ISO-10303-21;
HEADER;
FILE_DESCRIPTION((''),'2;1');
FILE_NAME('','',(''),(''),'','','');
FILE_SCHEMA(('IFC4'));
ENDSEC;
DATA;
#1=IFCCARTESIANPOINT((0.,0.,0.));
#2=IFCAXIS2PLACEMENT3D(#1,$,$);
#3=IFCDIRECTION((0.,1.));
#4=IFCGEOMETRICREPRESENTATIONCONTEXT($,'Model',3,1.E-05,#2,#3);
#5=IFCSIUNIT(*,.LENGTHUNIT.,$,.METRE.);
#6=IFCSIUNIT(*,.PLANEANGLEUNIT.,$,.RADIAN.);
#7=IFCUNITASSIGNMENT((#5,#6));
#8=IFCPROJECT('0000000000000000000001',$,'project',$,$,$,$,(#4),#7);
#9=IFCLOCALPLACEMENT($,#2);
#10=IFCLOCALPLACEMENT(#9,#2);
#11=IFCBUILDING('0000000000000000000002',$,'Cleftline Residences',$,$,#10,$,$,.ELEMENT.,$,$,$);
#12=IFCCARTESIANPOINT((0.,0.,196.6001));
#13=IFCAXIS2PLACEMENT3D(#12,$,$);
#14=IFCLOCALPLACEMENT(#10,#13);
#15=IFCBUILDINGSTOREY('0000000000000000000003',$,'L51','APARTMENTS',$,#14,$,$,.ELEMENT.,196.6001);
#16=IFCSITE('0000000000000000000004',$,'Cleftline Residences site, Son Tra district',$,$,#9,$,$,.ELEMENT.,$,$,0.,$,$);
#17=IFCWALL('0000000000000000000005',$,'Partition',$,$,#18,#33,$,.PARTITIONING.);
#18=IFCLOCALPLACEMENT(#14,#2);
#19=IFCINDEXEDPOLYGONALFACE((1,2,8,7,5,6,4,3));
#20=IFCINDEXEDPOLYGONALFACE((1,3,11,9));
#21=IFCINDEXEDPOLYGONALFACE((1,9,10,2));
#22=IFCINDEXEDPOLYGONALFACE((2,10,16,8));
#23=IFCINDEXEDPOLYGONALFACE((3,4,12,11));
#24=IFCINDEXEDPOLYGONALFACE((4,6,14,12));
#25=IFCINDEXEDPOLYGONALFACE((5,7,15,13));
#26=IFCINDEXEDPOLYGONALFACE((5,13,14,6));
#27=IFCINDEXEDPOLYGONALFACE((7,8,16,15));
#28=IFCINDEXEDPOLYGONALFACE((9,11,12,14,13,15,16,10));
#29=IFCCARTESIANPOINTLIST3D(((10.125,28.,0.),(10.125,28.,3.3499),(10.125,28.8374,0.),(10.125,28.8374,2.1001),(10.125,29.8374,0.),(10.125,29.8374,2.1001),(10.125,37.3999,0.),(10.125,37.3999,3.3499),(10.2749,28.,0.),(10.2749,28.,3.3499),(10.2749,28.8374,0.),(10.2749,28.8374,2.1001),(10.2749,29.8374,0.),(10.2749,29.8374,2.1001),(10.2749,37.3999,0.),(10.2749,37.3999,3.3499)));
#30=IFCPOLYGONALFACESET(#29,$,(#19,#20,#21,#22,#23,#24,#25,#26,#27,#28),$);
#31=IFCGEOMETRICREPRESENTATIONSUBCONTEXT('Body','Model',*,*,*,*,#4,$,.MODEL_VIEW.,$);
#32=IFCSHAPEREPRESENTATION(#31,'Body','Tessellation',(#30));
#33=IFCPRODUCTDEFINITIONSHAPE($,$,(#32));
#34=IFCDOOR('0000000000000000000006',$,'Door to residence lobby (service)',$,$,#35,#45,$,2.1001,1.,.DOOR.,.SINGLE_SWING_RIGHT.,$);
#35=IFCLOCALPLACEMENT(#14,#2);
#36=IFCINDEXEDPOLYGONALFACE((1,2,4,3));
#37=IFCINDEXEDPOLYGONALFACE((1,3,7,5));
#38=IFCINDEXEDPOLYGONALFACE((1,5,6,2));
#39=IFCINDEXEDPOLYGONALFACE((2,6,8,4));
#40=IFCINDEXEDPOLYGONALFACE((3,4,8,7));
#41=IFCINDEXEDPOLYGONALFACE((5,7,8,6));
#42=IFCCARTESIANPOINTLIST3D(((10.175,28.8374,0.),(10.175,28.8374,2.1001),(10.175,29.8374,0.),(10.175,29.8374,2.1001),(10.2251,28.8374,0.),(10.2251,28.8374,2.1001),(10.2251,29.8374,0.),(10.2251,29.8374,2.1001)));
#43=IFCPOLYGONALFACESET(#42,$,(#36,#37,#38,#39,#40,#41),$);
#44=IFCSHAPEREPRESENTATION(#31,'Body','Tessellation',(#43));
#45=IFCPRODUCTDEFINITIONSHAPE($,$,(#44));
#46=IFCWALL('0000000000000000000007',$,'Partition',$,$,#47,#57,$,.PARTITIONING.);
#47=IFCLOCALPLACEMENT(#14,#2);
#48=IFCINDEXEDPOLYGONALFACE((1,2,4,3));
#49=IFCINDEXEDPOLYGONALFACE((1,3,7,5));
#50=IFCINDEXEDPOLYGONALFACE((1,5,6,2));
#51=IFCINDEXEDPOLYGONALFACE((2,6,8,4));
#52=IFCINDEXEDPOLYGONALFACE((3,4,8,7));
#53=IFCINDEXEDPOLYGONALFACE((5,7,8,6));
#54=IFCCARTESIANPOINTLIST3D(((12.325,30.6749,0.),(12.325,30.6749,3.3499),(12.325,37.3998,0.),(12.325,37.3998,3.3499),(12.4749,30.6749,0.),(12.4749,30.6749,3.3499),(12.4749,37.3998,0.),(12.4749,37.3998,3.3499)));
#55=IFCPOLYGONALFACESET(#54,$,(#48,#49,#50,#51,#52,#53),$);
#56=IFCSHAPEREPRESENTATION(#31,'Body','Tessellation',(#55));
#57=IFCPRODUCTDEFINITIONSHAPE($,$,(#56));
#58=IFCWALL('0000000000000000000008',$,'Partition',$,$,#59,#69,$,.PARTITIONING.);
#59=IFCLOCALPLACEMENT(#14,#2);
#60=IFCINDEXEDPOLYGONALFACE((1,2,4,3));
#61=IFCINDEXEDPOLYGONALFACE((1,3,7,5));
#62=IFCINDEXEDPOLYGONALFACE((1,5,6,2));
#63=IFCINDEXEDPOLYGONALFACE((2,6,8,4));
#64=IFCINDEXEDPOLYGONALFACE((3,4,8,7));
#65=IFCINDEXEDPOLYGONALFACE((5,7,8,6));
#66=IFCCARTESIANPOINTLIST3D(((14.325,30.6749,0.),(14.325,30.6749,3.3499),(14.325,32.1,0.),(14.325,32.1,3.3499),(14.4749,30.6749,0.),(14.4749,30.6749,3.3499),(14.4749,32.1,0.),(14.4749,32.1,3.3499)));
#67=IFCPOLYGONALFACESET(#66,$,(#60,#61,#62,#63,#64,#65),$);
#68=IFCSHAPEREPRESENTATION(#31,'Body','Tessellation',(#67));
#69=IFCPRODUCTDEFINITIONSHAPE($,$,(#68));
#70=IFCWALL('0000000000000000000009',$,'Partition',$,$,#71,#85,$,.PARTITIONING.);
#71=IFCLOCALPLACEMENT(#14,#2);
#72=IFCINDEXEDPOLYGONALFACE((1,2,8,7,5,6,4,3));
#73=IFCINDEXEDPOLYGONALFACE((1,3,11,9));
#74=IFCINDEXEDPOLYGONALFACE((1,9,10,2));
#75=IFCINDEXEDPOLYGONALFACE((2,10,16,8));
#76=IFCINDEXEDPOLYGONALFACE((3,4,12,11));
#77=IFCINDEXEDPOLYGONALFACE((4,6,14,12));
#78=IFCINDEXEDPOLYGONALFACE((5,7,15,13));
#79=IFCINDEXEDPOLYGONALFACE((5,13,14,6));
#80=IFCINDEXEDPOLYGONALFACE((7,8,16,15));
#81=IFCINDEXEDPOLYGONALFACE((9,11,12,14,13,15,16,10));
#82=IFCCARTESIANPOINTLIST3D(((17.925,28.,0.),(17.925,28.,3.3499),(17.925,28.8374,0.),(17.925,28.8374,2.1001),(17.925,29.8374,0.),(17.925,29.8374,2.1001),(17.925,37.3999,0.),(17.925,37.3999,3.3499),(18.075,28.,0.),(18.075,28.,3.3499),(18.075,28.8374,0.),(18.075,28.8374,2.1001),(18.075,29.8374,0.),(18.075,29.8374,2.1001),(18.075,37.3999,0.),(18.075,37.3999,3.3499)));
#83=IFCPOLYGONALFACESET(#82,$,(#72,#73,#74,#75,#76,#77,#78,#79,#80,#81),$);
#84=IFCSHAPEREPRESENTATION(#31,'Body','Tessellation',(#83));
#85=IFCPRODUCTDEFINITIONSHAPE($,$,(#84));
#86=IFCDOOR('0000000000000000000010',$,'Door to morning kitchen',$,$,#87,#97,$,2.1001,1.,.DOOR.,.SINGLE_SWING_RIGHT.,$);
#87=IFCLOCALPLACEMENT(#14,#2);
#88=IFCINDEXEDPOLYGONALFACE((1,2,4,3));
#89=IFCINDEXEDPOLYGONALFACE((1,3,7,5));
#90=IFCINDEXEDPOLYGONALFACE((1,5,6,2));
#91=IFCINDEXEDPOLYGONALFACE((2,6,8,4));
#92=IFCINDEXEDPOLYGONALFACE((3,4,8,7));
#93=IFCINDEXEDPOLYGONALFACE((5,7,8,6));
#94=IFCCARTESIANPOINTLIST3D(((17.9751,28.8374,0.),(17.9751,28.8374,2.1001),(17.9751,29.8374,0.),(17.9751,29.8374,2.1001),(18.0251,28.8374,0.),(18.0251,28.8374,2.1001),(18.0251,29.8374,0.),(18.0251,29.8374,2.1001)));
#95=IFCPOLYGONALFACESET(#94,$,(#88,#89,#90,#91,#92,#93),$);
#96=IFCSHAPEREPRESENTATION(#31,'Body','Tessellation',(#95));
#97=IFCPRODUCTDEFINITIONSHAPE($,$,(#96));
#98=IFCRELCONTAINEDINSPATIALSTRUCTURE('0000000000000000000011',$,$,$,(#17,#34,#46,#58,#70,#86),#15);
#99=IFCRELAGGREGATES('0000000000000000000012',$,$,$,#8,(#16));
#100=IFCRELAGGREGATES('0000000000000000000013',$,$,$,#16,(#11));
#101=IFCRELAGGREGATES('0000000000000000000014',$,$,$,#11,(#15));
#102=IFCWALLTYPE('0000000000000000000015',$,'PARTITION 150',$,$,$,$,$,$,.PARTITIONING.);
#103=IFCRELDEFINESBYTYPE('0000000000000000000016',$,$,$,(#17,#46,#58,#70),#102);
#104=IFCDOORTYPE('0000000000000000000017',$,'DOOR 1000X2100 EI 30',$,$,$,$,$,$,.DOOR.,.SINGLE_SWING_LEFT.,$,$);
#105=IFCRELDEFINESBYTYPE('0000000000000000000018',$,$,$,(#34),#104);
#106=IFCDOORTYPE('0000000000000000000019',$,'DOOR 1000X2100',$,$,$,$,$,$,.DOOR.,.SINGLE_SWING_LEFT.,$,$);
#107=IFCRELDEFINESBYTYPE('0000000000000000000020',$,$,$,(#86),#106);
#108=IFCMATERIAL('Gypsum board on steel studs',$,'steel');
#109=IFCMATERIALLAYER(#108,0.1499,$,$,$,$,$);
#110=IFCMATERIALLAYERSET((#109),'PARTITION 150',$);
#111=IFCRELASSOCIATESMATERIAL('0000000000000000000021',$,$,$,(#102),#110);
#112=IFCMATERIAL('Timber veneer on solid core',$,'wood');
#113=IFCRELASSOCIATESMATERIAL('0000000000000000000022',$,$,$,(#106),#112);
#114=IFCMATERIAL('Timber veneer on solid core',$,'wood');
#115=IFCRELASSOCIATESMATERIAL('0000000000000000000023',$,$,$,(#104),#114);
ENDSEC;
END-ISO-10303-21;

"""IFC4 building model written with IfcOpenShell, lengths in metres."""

from ifc_helpers import new_model, si_unit, direction, frame, frame_2d, origin, place, context, subcontext, project, spatial, rectangle, extrude, material, layer, layer_set, type_object, element, fill, save


model = new_model("IFC4")

# Units and contexts
model_context = context("Model", 3, precision=1e-05, world=origin(), true_north=direction((0.0, 1.0)))
body_context = subcontext(model_context, "Body", "Model", "MODEL_VIEW")
ifc_project = project(units=[si_unit("LENGTHUNIT", "METRE"), si_unit("PLANEANGLEUNIT", "RADIAN")], contexts=[model_context])

# Site, building, storey
site_placement = place(None, origin())
site = spatial("IfcSite", under=ifc_project, at=site_placement, Name="Cleftline Residences site, Son Tra district", CompositionType="ELEMENT", RefElevation=0.0)
building_placement = place(site_placement, origin())
building = spatial("IfcBuilding", under=site, at=building_placement, Name="Cleftline Residences", CompositionType="ELEMENT")
storey_placement = place(building_placement, frame((0.0, 0.0, 196.6001)))
storey = spatial("IfcBuildingStorey", under=building, at=storey_placement, Name="L51", Description="APARTMENTS", CompositionType="ELEMENT", Elevation=196.6001)

# Shared definitions
ifc_material_1 = material(Name="Gypsum board on steel studs", Category="steel")
ifc_layer_1 = layer(ifc_material_1, 0.1499)
ifc_layer_set_1 = layer_set([ifc_layer_1], Name="PARTITION 150")
wall_type_1 = type_object("IfcWallType", Name="PARTITION 150", PredefinedType="PARTITIONING", material=ifc_layer_set_1)
ifc_material_2 = material(Name="Timber veneer on solid core", Category="wood")
door_type_1 = type_object("IfcDoorType", Name="DOOR 1000X2100", OperationType="SINGLE_SWING_LEFT", PredefinedType="DOOR", material=ifc_material_2)

# Wall, opening, door
wall_1_placement = place(storey_placement, frame((10.2, 28.0, 0.0), z_axis=(0.0, 0.0, 1.0), x_axis=(0.0, 1.0, 0.0)))
wall_1 = element("IfcWall", 1, at=wall_1_placement, inside=storey, type_object=wall_type_1, Name="Partition", PredefinedType="PARTITIONING", context=body_context, shape_type="SweptSolid", body=[
    extrude(rectangle(XDim=9.3999, YDim=0.1499, at=frame_2d((4.7, 0.0))), origin(), (0.0, 0.0, 1.0), 3.3499),
])
opening_1_placement = place(wall_1_placement, frame((0.8374, 0.0, 0.0)))
opening_1 = element("IfcOpeningElement", 2, at=opening_1_placement, cuts=wall_1, PredefinedType="OPENING", context=body_context, shape_type="SweptSolid", body=[
    extrude(rectangle(XDim=1.0, YDim=2.1001, at=frame_2d((0.5, 1.05))), frame((0.0, 0.085, 0.0), z_axis=(0.0, -1.0, 0.0), x_axis=(1.0, 0.0, 0.0)), (0.0, 0.0, 1.0), 0.1699),
])
ifc_material_3 = material(Name="Timber veneer on solid core", Category="wood")
door_type_2 = type_object("IfcDoorType", Name="DOOR 1000X2100 EI 30", OperationType="SINGLE_SWING_LEFT", PredefinedType="DOOR", material=ifc_material_3)
door_1_placement = place(opening_1_placement, origin())
door_1 = element("IfcDoor", 3, at=door_1_placement, inside=storey, type_object=door_type_2, Name="Door to residence lobby (service)", OperationType="SINGLE_SWING_RIGHT", OverallHeight=2.1001, OverallWidth=1.0, PredefinedType="DOOR", context=body_context, shape_type="SweptSolid", body=[
    extrude(rectangle(XDim=1.0, YDim=2.1001, at=frame_2d((0.5, 1.05))), frame((0.0, 0.0249, 0.0), z_axis=(0.0, -1.0, 0.0), x_axis=(1.0, 0.0, 0.0)), (0.0, 0.0, 1.0), 0.05),
])
fill(opening_1, door_1)

# Walls
wall_2_placement = place(storey_placement, frame((12.3999, 30.675, 0.0), z_axis=(0.0, 0.0, 1.0), x_axis=(0.0, 1.0, 0.0)))
element("IfcWall", 4, at=wall_2_placement, inside=storey, type_object=wall_type_1, Name="Partition", PredefinedType="PARTITIONING", context=body_context, shape_type="SweptSolid", body=[
    extrude(rectangle(XDim=6.7249, YDim=0.1499, at=frame_2d((3.3623, 0.0))), origin(), (0.0, 0.0, 1.0), 3.3499),
])
wall_3_placement = place(storey_placement, frame((14.3999, 30.675, 0.0), z_axis=(0.0, 0.0, 1.0), x_axis=(0.0, 1.0, 0.0)))
element("IfcWall", 5, at=wall_3_placement, inside=storey, type_object=wall_type_1, Name="Partition", PredefinedType="PARTITIONING", context=body_context, shape_type="SweptSolid", body=[
    extrude(rectangle(XDim=1.425, YDim=0.1499, at=frame_2d((0.7124, 0.0))), origin(), (0.0, 0.0, 1.0), 3.3499),
])

# Wall, opening, door
wall_4_placement = place(storey_placement, frame((18.0, 28.0, 0.0), z_axis=(0.0, 0.0, 1.0), x_axis=(0.0, 1.0, 0.0)))
wall_4 = element("IfcWall", 6, at=wall_4_placement, inside=storey, type_object=wall_type_1, Name="Partition", PredefinedType="PARTITIONING", context=body_context, shape_type="SweptSolid", body=[
    extrude(rectangle(XDim=9.3999, YDim=0.1499, at=frame_2d((4.7, 0.0))), origin(), (0.0, 0.0, 1.0), 3.3499),
])
opening_2_placement = place(wall_4_placement, frame((0.8374, 0.0, 0.0)))
opening_2 = element("IfcOpeningElement", 7, at=opening_2_placement, cuts=wall_4, PredefinedType="OPENING", context=body_context, shape_type="SweptSolid", body=[
    extrude(rectangle(XDim=1.0, YDim=2.1001, at=frame_2d((0.5, 1.05))), frame((0.0, 0.085, 0.0), z_axis=(0.0, -1.0, 0.0), x_axis=(1.0, 0.0, 0.0)), (0.0, 0.0, 1.0), 0.1699),
])
door_2_placement = place(opening_2_placement, origin())
door_2 = element("IfcDoor", 8, at=door_2_placement, inside=storey, type_object=door_type_1, Name="Door to morning kitchen", OperationType="SINGLE_SWING_RIGHT", OverallHeight=2.1001, OverallWidth=1.0, PredefinedType="DOOR", context=body_context, shape_type="SweptSolid", body=[
    extrude(rectangle(XDim=1.0, YDim=2.1001, at=frame_2d((0.5, 1.05))), frame((0.0, 0.0249, 0.0), z_axis=(0.0, -1.0, 0.0), x_axis=(1.0, 0.0, 0.0)), (0.0, 0.0, 1.0), 0.05),
])
fill(opening_2, door_2)

save(model, "model.ifc")
